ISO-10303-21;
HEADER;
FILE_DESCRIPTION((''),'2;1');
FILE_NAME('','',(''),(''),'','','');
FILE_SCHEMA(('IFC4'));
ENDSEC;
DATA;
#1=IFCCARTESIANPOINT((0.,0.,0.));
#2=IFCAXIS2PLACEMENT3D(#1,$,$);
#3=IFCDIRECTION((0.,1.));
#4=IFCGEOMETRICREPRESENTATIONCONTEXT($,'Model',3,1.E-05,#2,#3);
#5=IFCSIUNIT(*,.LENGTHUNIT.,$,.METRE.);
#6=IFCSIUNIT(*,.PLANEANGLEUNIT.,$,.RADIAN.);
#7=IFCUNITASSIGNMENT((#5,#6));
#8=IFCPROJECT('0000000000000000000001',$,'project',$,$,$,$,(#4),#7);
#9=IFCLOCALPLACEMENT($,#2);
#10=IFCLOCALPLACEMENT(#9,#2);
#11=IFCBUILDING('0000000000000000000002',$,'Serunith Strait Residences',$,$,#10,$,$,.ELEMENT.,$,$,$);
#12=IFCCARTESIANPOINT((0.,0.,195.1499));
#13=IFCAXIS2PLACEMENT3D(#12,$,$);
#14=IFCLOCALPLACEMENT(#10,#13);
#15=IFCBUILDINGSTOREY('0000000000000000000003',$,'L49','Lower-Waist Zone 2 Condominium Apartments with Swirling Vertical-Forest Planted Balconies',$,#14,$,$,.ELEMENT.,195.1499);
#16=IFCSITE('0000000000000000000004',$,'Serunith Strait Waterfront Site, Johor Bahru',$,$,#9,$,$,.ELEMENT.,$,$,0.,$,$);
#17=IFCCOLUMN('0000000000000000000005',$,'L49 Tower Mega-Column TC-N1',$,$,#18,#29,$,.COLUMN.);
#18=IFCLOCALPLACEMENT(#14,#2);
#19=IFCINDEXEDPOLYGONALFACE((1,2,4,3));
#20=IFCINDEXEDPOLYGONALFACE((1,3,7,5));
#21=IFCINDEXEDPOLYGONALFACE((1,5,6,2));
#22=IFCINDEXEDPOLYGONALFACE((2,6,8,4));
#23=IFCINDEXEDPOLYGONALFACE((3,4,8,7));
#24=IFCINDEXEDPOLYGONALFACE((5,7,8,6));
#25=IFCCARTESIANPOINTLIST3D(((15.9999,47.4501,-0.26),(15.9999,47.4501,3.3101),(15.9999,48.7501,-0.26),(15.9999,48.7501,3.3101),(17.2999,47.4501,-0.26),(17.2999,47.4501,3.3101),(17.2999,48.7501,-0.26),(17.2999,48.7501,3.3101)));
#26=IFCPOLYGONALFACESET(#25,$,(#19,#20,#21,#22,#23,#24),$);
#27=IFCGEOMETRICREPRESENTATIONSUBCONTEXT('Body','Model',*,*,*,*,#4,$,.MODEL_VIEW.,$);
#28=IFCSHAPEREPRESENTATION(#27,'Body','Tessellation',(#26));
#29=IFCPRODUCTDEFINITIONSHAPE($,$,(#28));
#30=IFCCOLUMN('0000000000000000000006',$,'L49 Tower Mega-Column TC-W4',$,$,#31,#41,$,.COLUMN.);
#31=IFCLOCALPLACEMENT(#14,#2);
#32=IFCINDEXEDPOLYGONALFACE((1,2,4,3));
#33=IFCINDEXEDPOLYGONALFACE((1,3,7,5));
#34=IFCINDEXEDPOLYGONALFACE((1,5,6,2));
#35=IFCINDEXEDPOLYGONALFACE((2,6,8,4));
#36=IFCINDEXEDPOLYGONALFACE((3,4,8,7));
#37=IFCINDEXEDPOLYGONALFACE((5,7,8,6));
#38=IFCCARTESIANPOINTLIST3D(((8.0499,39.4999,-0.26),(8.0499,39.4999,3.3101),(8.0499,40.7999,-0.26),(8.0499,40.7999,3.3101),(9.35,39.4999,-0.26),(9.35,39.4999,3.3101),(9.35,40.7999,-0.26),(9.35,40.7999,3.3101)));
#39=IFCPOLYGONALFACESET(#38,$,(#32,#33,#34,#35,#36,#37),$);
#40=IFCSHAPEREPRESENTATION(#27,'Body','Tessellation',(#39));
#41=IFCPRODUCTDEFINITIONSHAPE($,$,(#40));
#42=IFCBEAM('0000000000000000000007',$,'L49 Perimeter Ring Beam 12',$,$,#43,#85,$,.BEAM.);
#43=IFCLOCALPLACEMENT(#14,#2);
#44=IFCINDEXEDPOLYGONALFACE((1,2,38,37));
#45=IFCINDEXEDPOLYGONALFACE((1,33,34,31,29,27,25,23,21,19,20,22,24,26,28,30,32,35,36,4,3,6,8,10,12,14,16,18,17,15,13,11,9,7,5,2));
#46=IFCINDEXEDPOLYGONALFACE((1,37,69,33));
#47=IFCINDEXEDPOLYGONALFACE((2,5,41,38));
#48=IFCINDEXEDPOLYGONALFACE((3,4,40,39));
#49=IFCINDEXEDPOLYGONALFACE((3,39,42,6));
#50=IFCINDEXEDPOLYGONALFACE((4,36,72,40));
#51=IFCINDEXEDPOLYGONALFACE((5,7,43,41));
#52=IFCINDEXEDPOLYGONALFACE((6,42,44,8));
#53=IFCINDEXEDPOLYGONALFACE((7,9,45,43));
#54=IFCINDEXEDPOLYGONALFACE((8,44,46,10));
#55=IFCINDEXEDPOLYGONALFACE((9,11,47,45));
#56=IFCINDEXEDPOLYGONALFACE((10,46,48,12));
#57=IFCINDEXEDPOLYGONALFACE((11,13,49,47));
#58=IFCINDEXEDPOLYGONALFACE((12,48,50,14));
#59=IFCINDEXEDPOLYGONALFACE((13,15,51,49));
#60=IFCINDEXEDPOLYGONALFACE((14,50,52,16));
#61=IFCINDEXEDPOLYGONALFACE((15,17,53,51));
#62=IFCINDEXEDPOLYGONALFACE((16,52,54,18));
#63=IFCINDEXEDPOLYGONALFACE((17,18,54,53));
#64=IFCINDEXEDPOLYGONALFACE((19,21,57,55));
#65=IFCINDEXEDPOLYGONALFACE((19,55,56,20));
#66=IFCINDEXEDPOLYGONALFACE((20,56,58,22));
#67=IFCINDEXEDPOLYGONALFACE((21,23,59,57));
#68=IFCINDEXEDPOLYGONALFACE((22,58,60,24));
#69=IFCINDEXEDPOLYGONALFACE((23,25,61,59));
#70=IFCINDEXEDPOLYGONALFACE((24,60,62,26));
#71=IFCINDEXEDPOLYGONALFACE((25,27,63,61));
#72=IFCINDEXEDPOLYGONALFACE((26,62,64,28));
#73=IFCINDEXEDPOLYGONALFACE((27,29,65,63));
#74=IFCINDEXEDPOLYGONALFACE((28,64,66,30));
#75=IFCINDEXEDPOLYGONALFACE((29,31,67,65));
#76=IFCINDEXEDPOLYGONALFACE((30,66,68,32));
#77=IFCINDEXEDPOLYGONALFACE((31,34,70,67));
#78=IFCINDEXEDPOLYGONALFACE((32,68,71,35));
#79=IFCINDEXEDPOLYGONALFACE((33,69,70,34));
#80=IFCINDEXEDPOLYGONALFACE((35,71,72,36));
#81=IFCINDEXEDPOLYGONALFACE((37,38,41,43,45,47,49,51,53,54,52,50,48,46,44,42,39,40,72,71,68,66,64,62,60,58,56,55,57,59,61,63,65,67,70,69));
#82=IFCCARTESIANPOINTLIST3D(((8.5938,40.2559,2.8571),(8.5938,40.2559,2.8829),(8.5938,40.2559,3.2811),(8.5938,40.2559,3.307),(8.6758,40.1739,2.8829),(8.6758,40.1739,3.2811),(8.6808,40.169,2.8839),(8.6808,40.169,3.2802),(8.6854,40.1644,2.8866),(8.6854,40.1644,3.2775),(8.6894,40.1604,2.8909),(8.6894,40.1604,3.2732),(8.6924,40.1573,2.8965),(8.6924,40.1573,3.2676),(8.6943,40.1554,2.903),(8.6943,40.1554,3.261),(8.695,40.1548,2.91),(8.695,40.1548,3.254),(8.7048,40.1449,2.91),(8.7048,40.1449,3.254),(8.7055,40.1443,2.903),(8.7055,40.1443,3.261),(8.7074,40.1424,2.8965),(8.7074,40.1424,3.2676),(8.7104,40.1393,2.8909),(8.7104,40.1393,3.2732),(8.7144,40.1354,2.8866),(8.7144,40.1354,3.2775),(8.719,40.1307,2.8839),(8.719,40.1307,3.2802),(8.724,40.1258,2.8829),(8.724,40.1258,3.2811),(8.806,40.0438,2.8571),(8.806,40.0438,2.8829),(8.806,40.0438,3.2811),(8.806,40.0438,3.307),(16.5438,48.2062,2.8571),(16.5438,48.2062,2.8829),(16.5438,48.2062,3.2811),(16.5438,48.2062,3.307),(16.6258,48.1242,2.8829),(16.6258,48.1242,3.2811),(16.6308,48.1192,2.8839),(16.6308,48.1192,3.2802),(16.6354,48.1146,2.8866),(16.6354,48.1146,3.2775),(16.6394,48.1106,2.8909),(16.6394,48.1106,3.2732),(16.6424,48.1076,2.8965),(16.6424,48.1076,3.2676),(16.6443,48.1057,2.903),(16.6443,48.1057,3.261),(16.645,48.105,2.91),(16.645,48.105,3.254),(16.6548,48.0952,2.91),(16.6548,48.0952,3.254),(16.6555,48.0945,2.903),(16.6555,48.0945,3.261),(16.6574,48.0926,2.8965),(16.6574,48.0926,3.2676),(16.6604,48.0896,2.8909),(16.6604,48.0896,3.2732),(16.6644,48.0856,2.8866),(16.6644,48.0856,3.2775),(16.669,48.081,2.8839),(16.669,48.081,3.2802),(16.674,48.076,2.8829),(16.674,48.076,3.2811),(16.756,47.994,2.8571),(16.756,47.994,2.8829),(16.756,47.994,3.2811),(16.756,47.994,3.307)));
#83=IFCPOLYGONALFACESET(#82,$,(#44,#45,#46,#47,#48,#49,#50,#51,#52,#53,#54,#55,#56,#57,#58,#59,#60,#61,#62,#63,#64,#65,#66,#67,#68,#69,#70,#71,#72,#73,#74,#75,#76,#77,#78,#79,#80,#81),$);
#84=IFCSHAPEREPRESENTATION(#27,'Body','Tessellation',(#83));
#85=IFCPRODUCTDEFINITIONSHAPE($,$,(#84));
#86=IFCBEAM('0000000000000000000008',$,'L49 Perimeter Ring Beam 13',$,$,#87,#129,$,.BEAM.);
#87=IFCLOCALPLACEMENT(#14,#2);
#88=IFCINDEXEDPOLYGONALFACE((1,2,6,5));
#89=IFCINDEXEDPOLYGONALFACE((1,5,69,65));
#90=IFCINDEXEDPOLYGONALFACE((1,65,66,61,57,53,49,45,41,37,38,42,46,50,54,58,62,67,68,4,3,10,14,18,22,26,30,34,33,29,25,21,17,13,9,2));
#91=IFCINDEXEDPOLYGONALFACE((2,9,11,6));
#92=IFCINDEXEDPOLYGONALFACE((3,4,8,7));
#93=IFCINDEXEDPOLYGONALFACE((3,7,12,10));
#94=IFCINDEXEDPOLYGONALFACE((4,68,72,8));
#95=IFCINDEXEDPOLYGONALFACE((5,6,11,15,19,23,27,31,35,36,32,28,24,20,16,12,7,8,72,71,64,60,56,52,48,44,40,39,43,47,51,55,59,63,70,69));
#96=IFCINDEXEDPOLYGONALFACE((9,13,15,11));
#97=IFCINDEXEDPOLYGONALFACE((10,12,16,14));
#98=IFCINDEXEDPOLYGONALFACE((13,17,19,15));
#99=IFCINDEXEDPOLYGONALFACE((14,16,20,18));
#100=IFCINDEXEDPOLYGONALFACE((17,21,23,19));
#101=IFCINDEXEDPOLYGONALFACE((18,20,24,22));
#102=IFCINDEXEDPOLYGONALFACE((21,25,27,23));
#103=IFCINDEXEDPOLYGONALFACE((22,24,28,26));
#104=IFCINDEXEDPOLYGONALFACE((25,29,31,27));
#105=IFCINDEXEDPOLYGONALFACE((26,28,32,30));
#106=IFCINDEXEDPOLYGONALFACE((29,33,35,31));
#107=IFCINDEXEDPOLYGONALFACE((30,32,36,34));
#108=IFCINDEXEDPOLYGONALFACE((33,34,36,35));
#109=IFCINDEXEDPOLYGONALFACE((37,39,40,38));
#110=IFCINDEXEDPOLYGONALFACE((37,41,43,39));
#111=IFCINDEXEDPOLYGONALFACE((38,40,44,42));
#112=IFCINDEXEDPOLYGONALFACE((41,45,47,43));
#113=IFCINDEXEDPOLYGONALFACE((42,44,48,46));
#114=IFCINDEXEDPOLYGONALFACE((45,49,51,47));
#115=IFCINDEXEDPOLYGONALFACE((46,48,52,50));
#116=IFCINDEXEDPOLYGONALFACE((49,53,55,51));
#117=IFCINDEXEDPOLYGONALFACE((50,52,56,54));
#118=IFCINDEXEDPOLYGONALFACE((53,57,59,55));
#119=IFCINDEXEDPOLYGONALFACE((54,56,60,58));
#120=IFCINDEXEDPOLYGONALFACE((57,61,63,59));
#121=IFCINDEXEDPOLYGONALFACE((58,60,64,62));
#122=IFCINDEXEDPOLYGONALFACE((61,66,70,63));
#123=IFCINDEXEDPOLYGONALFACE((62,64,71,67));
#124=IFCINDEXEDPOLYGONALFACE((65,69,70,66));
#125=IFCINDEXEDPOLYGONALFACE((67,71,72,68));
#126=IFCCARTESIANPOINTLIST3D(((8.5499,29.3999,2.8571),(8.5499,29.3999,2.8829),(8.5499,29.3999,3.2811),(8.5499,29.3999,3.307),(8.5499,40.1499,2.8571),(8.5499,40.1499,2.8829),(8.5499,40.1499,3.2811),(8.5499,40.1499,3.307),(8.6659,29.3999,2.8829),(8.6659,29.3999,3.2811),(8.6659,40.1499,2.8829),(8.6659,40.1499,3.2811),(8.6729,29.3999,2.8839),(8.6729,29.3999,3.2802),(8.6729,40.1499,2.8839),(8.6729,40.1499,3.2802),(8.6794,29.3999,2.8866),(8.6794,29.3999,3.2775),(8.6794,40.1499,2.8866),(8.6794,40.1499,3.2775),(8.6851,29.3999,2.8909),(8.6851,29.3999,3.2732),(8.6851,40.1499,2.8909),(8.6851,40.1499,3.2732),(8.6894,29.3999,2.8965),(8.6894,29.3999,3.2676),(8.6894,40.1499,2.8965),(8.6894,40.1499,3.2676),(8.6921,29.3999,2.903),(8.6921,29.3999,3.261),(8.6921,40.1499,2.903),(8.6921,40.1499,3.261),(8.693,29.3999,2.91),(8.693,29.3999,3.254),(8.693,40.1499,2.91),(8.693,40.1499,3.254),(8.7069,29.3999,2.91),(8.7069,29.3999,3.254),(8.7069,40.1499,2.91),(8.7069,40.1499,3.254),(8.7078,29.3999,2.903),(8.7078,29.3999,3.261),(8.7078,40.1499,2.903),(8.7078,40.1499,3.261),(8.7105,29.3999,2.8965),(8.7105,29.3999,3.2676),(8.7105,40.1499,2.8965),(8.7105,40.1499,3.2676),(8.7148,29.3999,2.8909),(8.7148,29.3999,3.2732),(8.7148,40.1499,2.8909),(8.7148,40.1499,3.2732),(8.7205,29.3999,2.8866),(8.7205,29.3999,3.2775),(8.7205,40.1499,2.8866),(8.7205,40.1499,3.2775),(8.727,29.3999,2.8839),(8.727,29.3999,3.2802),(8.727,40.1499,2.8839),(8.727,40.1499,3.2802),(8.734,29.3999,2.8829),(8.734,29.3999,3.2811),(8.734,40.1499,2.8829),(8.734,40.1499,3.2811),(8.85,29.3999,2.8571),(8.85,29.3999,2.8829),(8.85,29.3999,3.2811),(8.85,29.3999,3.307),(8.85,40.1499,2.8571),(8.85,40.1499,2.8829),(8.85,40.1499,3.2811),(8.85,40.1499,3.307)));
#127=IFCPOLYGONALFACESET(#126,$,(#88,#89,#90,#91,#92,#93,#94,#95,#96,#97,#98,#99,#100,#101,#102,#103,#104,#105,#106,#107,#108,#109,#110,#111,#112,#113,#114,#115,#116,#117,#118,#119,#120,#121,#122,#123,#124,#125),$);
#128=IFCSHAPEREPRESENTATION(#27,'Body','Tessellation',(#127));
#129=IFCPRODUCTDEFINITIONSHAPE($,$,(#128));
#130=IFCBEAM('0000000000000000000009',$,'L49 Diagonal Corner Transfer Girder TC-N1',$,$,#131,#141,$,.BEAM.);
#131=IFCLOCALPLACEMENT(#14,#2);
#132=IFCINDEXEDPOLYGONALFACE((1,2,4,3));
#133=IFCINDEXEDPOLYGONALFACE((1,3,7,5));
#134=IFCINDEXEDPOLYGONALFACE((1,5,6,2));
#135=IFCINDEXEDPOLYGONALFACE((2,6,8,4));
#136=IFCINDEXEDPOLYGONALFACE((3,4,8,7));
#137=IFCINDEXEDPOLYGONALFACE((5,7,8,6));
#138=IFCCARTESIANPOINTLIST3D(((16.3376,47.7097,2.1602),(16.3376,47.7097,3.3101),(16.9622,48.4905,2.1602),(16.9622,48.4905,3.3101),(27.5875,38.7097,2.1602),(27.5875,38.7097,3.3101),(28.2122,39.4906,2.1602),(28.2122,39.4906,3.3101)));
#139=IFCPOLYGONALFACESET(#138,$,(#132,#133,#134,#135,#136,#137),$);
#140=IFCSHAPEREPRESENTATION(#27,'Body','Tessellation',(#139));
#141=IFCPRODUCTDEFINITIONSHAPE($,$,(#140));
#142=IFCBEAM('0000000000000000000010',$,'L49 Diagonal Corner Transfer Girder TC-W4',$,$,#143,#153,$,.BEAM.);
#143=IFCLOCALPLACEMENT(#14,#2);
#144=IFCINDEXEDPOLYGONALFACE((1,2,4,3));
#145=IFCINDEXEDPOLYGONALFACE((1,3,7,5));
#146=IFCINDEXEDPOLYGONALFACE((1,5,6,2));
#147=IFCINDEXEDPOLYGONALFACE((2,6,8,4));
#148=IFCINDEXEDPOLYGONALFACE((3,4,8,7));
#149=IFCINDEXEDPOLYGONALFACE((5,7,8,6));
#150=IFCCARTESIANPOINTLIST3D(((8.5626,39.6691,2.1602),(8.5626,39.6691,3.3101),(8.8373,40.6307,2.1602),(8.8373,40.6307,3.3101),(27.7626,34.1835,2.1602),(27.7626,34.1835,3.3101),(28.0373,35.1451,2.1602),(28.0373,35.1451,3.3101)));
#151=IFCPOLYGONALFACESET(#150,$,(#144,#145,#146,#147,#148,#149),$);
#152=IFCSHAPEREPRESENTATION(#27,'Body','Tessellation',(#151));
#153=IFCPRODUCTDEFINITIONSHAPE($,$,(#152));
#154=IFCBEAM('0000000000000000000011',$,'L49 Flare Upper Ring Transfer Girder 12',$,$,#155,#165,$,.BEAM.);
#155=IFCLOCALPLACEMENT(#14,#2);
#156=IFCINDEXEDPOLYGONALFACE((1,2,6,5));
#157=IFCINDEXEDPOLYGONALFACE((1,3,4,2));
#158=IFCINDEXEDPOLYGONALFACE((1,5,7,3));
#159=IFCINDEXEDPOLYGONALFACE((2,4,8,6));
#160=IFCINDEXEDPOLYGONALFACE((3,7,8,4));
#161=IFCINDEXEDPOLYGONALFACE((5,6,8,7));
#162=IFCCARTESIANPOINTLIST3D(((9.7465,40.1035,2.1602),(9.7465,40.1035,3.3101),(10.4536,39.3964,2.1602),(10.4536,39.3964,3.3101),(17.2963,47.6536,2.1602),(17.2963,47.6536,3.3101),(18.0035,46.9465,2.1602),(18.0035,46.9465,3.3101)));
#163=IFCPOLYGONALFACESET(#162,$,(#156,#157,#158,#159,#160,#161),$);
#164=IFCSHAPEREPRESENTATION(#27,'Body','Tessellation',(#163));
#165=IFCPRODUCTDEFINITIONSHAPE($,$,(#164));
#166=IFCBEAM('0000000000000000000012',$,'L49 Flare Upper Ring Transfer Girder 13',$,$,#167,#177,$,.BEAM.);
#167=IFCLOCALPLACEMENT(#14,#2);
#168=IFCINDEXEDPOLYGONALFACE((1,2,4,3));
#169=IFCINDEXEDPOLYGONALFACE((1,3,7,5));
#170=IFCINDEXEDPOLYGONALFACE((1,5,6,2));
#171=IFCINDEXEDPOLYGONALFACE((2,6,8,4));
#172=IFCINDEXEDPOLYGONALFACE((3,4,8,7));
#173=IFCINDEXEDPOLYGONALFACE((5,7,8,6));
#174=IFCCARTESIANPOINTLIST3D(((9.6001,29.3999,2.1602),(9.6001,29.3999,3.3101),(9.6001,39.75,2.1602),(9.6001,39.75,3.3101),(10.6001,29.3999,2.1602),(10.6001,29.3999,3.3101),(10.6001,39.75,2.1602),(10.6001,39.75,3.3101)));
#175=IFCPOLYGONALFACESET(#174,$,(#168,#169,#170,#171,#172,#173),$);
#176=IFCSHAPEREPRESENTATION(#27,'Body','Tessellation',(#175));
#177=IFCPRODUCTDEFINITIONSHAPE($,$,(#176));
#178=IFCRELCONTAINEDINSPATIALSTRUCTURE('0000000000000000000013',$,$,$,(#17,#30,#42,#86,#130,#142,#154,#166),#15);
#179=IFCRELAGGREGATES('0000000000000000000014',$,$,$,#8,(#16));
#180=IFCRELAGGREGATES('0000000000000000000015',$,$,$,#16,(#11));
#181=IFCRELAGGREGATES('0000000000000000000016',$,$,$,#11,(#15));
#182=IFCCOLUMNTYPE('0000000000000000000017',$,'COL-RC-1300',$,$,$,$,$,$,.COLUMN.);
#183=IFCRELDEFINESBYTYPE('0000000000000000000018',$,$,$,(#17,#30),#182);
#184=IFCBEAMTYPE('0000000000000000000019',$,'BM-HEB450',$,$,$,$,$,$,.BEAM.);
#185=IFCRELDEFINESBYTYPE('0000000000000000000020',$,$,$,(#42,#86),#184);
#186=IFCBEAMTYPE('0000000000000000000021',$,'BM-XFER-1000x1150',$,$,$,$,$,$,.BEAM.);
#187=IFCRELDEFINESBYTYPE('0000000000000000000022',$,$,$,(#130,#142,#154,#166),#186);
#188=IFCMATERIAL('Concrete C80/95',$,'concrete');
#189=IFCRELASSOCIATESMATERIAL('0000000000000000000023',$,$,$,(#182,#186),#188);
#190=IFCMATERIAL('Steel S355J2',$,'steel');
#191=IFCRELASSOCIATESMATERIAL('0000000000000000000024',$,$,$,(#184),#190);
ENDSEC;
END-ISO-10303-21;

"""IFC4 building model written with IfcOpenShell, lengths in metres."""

from ifc_helpers import new_model, si_unit, direction, frame, origin, origin_2d, place, context, subcontext, project, spatial, rectangle, i_section, extrude, source, transform, mapped, material, material_profile, profile_set, type_object, element, save


model = new_model("IFC4")

# Units and contexts
model_context = context("Model", 3, precision=1e-05, world=origin(), true_north=direction((0.0, 1.0)))
body_context = subcontext(model_context, "Body", "Model", "MODEL_VIEW")
ifc_project = project(units=[si_unit("LENGTHUNIT", "METRE"), si_unit("PLANEANGLEUNIT", "RADIAN")], contexts=[model_context])

# Site, building, storey
site_placement = place(None, origin())
site = spatial("IfcSite", under=ifc_project, at=site_placement, Name="Serunith Strait Waterfront Site, Johor Bahru", CompositionType="ELEMENT", RefElevation=0.0)
building_placement = place(site_placement, origin())
building = spatial("IfcBuilding", under=site, at=building_placement, Name="Serunith Strait Residences", CompositionType="ELEMENT")
storey_placement = place(building_placement, frame((0.0, 0.0, 195.1499)))
storey = spatial("IfcBuildingStorey", under=building, at=storey_placement, Name="L49", Description="Lower-Waist Zone 2 Condominium Apartments with Swirling Vertical-Forest Planted Balconies", CompositionType="ELEMENT", Elevation=195.1499)

# Columns
ifc_material_1 = material(Name="Concrete C80/95", Category="concrete")
ifc_material_profile_1 = material_profile(ifc_material_1, rectangle(XDim=1.3, YDim=1.3, at=origin_2d()), Name="RC 1300x1300")
ifc_profile_set_1 = profile_set([ifc_material_profile_1], Name="Concrete C80/95")
column_type = type_object("IfcColumnType", Name="COL-RC-1300", PredefinedType="COLUMN", material=ifc_profile_set_1)
shared_shape_1 = source(origin(), body_context, "Body", "SweptSolid", [
    extrude(rectangle(XDim=1.3, YDim=1.3, at=origin_2d()), origin(), (0.0, 0.0, 1.0), 3.5701),
])
for number, where, z_axis, x_axis, name in (
    (1, (16.6499, 48.1001, -0.26), (0.0, 0.0, 1.0), (1.0, 0.0, 0.0), "L49 Tower Mega-Column TC-N1"),
    (2, (8.7, 40.1499, -0.26), (0.0, 0.0, 1.0), (1.0, 0.0, 0.0), "L49 Tower Mega-Column TC-W4"),
):
    element("IfcColumn", number, at=place(storey_placement, frame(where, z_axis=z_axis, x_axis=x_axis)), inside=storey, type_object=column_type, Name=name, PredefinedType="COLUMN", context=body_context, shape_type="MappedRepresentation", body=[
        mapped(shared_shape_1, transform((0.0, 0.0, 0.0), scale=1.0)),
    ])

# Beams
ifc_material_2 = material(Name="Steel S355J2", Category="steel")
ifc_material_profile_2 = material_profile(ifc_material_2, i_section(OverallWidth=0.3, OverallDepth=0.45, WebThickness=0.0139, FlangeThickness=0.0259, FilletRadius=0.0271, at=origin_2d()), Name="HEB 450")
ifc_profile_set_2 = profile_set([ifc_material_profile_2], Name="Steel S355J2")
beam_type_1 = type_object("IfcBeamType", Name="BM-HEB450", PredefinedType="BEAM", material=ifc_profile_set_2)
shared_shape_2 = source(origin(), body_context, "Body", "SweptSolid", [
    extrude(i_section(OverallWidth=0.3, OverallDepth=0.45, WebThickness=0.0139, FlangeThickness=0.0259, FilletRadius=0.0271, at=origin_2d()), origin(), (0.0, 0.0, 1.0), 11.2432),
])
beam_1_placement = place(storey_placement, frame((16.6499, 48.1001, 3.082), z_axis=(-0.707096, -0.707118, 0.0), x_axis=(0.707118, -0.707096, 0.0)))
element("IfcBeam", 3, at=beam_1_placement, inside=storey, type_object=beam_type_1, Name="L49 Perimeter Ring Beam 12", PredefinedType="BEAM", context=body_context, shape_type="MappedRepresentation", body=[
    mapped(shared_shape_2, transform((0.0, 0.0, 0.0), scale=1.0)),
])
shared_shape_3 = source(origin(), body_context, "Body", "SweptSolid", [
    extrude(i_section(OverallWidth=0.3, OverallDepth=0.45, WebThickness=0.0139, FlangeThickness=0.0259, FilletRadius=0.0271, at=origin_2d()), origin(), (0.0, 0.0, 1.0), 10.75),
])
beam_2_placement = place(storey_placement, frame((8.7, 40.1499, 3.082), z_axis=(0.0, -1.0, 0.0), x_axis=(1.0, 0.0, 0.0)))
element("IfcBeam", 4, at=beam_2_placement, inside=storey, type_object=beam_type_1, Name="L49 Perimeter Ring Beam 13", PredefinedType="BEAM", context=body_context, shape_type="MappedRepresentation", body=[
    mapped(shared_shape_3, transform((0.0, 0.0, 0.0), scale=1.0)),
])
ifc_material_profile_3 = material_profile(ifc_material_1, rectangle(XDim=1.0, YDim=1.1499, at=origin_2d()), Name="RC 1000x1150")
ifc_profile_set_3 = profile_set([ifc_material_profile_3], Name="Concrete C80/95")
beam_type_2 = type_object("IfcBeamType", Name="BM-XFER-1000x1150", PredefinedType="BEAM", material=ifc_profile_set_3)
shared_shape_4 = source(origin(), body_context, "Body", "SweptSolid", [
    extrude(rectangle(XDim=1.0, YDim=1.1499, at=origin_2d()), origin(), (0.0, 0.0, 1.0), 14.407),
])
beam_3_placement = place(storey_placement, frame((16.6499, 48.1001, 2.7351), z_axis=(0.780869, -0.624695, 0.0), x_axis=(0.624695, 0.780869, 0.0)))
element("IfcBeam", 5, at=beam_3_placement, inside=storey, type_object=beam_type_2, Name="L49 Diagonal Corner Transfer Girder TC-N1", PredefinedType="BEAM", context=body_context, shape_type="MappedRepresentation", body=[
    mapped(shared_shape_4, transform((0.0, 0.0, 0.0), scale=1.0)),
])
shared_shape_5 = source(origin(), body_context, "Body", "SweptSolid", [
    extrude(rectangle(XDim=1.0, YDim=1.1499, at=origin_2d()), origin(), (0.0, 0.0, 1.0), 19.9683),
])
beam_4_placement = place(storey_placement, frame((8.7, 40.1499, 2.7351), z_axis=(0.961525, -0.274716, 0.0), x_axis=(0.274716, 0.961525, 0.0)))
element("IfcBeam", 6, at=beam_4_placement, inside=storey, type_object=beam_type_2, Name="L49 Diagonal Corner Transfer Girder TC-W4", PredefinedType="BEAM", context=body_context, shape_type="MappedRepresentation", body=[
    mapped(shared_shape_5, transform((0.0, 0.0, 0.0), scale=1.0)),
])
shared_shape_6 = source(origin(), body_context, "Body", "SweptSolid", [
    extrude(rectangle(XDim=1.0, YDim=1.1499, at=origin_2d()), origin(), (0.0, 0.0, 1.0), 10.6772),
])
beam_5_placement = place(storey_placement, frame((17.6499, 47.3, 2.7351), z_axis=(-0.707095, -0.707118, 0.0), x_axis=(0.707118, -0.707095, 0.0)))
element("IfcBeam", 7, at=beam_5_placement, inside=storey, type_object=beam_type_2, Name="L49 Flare Upper Ring Transfer Girder 12", PredefinedType="BEAM", context=body_context, shape_type="MappedRepresentation", body=[
    mapped(shared_shape_6, transform((0.0, 0.0, 0.0), scale=1.0)),
])
shared_shape_7 = source(origin(), body_context, "Body", "SweptSolid", [
    extrude(rectangle(XDim=1.0, YDim=1.1499, at=origin_2d()), origin(), (0.0, 0.0, 1.0), 10.3501),
])
beam_6_placement = place(storey_placement, frame((10.1001, 39.75, 2.7351), z_axis=(0.0, -1.0, 0.0), x_axis=(1.0, 0.0, 0.0)))
element("IfcBeam", 8, at=beam_6_placement, inside=storey, type_object=beam_type_2, Name="L49 Flare Upper Ring Transfer Girder 13", PredefinedType="BEAM", context=body_context, shape_type="MappedRepresentation", body=[
    mapped(shared_shape_7, transform((0.0, 0.0, 0.0), scale=1.0)),
])

save(model, "model.ifc")
